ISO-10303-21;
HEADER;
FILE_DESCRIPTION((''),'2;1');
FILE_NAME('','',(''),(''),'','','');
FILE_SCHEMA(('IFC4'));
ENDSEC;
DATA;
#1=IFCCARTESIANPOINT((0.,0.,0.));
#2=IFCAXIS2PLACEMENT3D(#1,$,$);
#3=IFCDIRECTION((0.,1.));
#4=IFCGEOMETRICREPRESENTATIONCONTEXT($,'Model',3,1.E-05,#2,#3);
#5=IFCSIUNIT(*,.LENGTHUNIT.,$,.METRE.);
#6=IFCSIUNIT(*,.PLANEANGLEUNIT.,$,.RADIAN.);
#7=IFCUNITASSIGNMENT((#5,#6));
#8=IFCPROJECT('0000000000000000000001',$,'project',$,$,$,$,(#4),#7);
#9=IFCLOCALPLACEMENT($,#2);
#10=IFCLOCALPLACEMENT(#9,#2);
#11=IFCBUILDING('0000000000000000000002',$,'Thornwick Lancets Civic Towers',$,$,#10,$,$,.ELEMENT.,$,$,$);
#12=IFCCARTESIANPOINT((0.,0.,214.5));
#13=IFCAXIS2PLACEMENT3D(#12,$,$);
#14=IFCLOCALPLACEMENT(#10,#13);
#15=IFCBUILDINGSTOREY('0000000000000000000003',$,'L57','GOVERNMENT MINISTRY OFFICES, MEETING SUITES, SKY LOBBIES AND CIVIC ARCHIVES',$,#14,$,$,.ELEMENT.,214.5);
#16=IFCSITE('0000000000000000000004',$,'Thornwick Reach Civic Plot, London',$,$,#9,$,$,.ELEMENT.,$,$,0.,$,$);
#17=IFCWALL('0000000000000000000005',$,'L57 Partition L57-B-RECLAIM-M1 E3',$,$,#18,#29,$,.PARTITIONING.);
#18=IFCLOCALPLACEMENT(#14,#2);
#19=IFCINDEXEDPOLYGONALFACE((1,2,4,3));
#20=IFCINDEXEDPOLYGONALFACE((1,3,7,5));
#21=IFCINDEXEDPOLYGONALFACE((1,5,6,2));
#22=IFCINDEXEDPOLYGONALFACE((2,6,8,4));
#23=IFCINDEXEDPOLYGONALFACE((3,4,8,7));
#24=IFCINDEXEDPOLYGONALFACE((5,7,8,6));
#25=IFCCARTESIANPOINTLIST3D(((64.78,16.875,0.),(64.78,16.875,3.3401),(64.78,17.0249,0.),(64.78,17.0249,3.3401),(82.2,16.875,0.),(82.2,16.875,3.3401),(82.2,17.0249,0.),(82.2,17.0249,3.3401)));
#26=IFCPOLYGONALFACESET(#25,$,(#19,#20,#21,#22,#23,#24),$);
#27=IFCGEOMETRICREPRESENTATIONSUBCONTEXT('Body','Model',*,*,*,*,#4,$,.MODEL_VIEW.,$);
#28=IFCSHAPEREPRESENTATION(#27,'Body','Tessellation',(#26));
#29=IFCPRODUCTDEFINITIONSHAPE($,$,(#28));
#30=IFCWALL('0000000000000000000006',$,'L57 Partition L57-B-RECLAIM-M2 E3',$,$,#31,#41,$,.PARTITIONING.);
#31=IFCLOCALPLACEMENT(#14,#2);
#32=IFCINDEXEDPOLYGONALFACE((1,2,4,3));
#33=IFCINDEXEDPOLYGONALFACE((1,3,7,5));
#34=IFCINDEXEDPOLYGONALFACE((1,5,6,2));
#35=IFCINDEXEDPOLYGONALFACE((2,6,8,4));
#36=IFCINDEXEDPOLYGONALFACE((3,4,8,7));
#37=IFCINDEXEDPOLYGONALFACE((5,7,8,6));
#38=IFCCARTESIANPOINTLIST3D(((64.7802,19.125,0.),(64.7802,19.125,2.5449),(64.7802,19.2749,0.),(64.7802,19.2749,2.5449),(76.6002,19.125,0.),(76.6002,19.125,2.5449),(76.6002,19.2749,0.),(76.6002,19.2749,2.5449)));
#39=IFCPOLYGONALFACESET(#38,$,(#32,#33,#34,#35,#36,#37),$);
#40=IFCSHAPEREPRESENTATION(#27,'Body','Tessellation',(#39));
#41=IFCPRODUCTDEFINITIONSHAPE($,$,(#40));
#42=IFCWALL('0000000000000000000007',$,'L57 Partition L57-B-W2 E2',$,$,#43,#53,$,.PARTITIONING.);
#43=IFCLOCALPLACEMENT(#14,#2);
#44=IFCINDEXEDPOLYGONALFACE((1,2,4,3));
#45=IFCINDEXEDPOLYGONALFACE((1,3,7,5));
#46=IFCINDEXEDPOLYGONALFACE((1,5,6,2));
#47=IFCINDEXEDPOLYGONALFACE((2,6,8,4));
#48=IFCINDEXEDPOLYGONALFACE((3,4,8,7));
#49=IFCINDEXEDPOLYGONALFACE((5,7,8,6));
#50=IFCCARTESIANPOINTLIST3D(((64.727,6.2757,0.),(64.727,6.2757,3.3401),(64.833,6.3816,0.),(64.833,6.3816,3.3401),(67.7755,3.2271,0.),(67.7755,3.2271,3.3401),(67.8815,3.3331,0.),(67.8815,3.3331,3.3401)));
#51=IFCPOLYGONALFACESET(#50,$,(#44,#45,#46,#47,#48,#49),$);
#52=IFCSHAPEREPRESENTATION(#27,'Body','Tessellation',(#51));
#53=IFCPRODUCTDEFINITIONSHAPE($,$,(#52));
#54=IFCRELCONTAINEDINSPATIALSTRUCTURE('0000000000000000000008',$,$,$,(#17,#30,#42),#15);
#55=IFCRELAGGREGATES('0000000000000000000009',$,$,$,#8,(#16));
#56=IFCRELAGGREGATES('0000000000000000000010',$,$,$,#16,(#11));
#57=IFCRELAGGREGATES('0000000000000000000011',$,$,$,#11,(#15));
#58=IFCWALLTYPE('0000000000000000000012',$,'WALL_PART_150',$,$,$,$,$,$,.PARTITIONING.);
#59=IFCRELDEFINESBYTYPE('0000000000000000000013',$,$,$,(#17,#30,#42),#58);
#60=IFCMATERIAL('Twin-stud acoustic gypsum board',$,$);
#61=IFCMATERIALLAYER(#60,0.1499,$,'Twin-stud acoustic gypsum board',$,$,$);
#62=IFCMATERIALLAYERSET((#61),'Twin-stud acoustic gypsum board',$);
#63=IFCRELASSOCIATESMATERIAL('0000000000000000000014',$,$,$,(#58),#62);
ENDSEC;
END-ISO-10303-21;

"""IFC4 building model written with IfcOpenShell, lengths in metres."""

from ifc_helpers import new_model, si_unit, direction, frame, frame_2d, origin, place, context, subcontext, project, spatial, rectangle, extrude, material, layer, layer_set, type_object, element, save


model = new_model("IFC4")

# Units and contexts
model_context = context("Model", 3, precision=1e-05, world=origin(), true_north=direction((0.0, 1.0)))
body_context = subcontext(model_context, "Body", "Model", "MODEL_VIEW")
ifc_project = project(units=[si_unit("LENGTHUNIT", "METRE"), si_unit("PLANEANGLEUNIT", "RADIAN")], contexts=[model_context])

# Site, building, storey
site_placement = place(None, origin())
site = spatial("IfcSite", under=ifc_project, at=site_placement, Name="Thornwick Reach Civic Plot, London", CompositionType="ELEMENT", RefElevation=0.0)
building_placement = place(site_placement, origin())
building = spatial("IfcBuilding", under=site, at=building_placement, Name="Thornwick Lancets Civic Towers", CompositionType="ELEMENT")
storey_placement = place(building_placement, frame((0.0, 0.0, 214.5)))
storey = spatial("IfcBuildingStorey", under=building, at=storey_placement, Name="L57", Description="GOVERNMENT MINISTRY OFFICES, MEETING SUITES, SKY LOBBIES AND CIVIC ARCHIVES", CompositionType="ELEMENT", Elevation=214.5)

# Walls
ifc_material_1 = material(Name="Twin-stud acoustic gypsum board")
ifc_layer_1 = layer(ifc_material_1, 0.1499, Name="Twin-stud acoustic gypsum board")
ifc_layer_set_1 = layer_set([ifc_layer_1], Name="Twin-stud acoustic gypsum board")
wall_type_1 = type_object("IfcWallType", Name="WALL_PART_150", PredefinedType="PARTITIONING", material=ifc_layer_set_1)
wall_1_placement = place(storey_placement, frame((64.78, 16.95, 0.0), z_axis=(0.0, 0.0, 1.0), x_axis=(1.0, 0.0, 0.0)))
element("IfcWall", 1, at=wall_1_placement, inside=storey, type_object=wall_type_1, Name="L57 Partition L57-B-RECLAIM-M1 E3", PredefinedType="PARTITIONING", context=body_context, shape_type="SweptSolid", body=[
    extrude(rectangle(XDim=17.4199, YDim=0.1499, at=frame_2d((8.71, 0.0))), origin(), (0.0, 0.0, 1.0), 3.3401),
])
wall_2_placement = place(storey_placement, frame((64.78, 19.2, 0.0), z_axis=(0.0, 0.0, 1.0), x_axis=(1.0, 0.0, 0.0)))
element("IfcWall", 2, at=wall_2_placement, inside=storey, type_object=wall_type_1, Name="L57 Partition L57-B-RECLAIM-M2 E3", PredefinedType="PARTITIONING", context=body_context, shape_type="SweptSolid", body=[
    extrude(rectangle(XDim=11.8201, YDim=0.1499, at=frame_2d((5.9102, 0.0))), origin(), (0.0, 0.0, 1.0), 2.5449),
])
wall_3_placement = place(storey_placement, frame((67.8286, 3.28, 0.0), z_axis=(0.0, 0.0, 1.0), x_axis=(-0.707107, 0.707107, 0.0)))
element("IfcWall", 3, at=wall_3_placement, inside=storey, type_object=wall_type_1, Name="L57 Partition L57-B-W2 E2", PredefinedType="PARTITIONING", context=body_context, shape_type="SweptSolid", body=[
    extrude(rectangle(XDim=4.3113, YDim=0.1499, at=frame_2d((2.1558, 0.0))), origin(), (0.0, 0.0, 1.0), 3.3401),
])

save(model, "model.ifc")
